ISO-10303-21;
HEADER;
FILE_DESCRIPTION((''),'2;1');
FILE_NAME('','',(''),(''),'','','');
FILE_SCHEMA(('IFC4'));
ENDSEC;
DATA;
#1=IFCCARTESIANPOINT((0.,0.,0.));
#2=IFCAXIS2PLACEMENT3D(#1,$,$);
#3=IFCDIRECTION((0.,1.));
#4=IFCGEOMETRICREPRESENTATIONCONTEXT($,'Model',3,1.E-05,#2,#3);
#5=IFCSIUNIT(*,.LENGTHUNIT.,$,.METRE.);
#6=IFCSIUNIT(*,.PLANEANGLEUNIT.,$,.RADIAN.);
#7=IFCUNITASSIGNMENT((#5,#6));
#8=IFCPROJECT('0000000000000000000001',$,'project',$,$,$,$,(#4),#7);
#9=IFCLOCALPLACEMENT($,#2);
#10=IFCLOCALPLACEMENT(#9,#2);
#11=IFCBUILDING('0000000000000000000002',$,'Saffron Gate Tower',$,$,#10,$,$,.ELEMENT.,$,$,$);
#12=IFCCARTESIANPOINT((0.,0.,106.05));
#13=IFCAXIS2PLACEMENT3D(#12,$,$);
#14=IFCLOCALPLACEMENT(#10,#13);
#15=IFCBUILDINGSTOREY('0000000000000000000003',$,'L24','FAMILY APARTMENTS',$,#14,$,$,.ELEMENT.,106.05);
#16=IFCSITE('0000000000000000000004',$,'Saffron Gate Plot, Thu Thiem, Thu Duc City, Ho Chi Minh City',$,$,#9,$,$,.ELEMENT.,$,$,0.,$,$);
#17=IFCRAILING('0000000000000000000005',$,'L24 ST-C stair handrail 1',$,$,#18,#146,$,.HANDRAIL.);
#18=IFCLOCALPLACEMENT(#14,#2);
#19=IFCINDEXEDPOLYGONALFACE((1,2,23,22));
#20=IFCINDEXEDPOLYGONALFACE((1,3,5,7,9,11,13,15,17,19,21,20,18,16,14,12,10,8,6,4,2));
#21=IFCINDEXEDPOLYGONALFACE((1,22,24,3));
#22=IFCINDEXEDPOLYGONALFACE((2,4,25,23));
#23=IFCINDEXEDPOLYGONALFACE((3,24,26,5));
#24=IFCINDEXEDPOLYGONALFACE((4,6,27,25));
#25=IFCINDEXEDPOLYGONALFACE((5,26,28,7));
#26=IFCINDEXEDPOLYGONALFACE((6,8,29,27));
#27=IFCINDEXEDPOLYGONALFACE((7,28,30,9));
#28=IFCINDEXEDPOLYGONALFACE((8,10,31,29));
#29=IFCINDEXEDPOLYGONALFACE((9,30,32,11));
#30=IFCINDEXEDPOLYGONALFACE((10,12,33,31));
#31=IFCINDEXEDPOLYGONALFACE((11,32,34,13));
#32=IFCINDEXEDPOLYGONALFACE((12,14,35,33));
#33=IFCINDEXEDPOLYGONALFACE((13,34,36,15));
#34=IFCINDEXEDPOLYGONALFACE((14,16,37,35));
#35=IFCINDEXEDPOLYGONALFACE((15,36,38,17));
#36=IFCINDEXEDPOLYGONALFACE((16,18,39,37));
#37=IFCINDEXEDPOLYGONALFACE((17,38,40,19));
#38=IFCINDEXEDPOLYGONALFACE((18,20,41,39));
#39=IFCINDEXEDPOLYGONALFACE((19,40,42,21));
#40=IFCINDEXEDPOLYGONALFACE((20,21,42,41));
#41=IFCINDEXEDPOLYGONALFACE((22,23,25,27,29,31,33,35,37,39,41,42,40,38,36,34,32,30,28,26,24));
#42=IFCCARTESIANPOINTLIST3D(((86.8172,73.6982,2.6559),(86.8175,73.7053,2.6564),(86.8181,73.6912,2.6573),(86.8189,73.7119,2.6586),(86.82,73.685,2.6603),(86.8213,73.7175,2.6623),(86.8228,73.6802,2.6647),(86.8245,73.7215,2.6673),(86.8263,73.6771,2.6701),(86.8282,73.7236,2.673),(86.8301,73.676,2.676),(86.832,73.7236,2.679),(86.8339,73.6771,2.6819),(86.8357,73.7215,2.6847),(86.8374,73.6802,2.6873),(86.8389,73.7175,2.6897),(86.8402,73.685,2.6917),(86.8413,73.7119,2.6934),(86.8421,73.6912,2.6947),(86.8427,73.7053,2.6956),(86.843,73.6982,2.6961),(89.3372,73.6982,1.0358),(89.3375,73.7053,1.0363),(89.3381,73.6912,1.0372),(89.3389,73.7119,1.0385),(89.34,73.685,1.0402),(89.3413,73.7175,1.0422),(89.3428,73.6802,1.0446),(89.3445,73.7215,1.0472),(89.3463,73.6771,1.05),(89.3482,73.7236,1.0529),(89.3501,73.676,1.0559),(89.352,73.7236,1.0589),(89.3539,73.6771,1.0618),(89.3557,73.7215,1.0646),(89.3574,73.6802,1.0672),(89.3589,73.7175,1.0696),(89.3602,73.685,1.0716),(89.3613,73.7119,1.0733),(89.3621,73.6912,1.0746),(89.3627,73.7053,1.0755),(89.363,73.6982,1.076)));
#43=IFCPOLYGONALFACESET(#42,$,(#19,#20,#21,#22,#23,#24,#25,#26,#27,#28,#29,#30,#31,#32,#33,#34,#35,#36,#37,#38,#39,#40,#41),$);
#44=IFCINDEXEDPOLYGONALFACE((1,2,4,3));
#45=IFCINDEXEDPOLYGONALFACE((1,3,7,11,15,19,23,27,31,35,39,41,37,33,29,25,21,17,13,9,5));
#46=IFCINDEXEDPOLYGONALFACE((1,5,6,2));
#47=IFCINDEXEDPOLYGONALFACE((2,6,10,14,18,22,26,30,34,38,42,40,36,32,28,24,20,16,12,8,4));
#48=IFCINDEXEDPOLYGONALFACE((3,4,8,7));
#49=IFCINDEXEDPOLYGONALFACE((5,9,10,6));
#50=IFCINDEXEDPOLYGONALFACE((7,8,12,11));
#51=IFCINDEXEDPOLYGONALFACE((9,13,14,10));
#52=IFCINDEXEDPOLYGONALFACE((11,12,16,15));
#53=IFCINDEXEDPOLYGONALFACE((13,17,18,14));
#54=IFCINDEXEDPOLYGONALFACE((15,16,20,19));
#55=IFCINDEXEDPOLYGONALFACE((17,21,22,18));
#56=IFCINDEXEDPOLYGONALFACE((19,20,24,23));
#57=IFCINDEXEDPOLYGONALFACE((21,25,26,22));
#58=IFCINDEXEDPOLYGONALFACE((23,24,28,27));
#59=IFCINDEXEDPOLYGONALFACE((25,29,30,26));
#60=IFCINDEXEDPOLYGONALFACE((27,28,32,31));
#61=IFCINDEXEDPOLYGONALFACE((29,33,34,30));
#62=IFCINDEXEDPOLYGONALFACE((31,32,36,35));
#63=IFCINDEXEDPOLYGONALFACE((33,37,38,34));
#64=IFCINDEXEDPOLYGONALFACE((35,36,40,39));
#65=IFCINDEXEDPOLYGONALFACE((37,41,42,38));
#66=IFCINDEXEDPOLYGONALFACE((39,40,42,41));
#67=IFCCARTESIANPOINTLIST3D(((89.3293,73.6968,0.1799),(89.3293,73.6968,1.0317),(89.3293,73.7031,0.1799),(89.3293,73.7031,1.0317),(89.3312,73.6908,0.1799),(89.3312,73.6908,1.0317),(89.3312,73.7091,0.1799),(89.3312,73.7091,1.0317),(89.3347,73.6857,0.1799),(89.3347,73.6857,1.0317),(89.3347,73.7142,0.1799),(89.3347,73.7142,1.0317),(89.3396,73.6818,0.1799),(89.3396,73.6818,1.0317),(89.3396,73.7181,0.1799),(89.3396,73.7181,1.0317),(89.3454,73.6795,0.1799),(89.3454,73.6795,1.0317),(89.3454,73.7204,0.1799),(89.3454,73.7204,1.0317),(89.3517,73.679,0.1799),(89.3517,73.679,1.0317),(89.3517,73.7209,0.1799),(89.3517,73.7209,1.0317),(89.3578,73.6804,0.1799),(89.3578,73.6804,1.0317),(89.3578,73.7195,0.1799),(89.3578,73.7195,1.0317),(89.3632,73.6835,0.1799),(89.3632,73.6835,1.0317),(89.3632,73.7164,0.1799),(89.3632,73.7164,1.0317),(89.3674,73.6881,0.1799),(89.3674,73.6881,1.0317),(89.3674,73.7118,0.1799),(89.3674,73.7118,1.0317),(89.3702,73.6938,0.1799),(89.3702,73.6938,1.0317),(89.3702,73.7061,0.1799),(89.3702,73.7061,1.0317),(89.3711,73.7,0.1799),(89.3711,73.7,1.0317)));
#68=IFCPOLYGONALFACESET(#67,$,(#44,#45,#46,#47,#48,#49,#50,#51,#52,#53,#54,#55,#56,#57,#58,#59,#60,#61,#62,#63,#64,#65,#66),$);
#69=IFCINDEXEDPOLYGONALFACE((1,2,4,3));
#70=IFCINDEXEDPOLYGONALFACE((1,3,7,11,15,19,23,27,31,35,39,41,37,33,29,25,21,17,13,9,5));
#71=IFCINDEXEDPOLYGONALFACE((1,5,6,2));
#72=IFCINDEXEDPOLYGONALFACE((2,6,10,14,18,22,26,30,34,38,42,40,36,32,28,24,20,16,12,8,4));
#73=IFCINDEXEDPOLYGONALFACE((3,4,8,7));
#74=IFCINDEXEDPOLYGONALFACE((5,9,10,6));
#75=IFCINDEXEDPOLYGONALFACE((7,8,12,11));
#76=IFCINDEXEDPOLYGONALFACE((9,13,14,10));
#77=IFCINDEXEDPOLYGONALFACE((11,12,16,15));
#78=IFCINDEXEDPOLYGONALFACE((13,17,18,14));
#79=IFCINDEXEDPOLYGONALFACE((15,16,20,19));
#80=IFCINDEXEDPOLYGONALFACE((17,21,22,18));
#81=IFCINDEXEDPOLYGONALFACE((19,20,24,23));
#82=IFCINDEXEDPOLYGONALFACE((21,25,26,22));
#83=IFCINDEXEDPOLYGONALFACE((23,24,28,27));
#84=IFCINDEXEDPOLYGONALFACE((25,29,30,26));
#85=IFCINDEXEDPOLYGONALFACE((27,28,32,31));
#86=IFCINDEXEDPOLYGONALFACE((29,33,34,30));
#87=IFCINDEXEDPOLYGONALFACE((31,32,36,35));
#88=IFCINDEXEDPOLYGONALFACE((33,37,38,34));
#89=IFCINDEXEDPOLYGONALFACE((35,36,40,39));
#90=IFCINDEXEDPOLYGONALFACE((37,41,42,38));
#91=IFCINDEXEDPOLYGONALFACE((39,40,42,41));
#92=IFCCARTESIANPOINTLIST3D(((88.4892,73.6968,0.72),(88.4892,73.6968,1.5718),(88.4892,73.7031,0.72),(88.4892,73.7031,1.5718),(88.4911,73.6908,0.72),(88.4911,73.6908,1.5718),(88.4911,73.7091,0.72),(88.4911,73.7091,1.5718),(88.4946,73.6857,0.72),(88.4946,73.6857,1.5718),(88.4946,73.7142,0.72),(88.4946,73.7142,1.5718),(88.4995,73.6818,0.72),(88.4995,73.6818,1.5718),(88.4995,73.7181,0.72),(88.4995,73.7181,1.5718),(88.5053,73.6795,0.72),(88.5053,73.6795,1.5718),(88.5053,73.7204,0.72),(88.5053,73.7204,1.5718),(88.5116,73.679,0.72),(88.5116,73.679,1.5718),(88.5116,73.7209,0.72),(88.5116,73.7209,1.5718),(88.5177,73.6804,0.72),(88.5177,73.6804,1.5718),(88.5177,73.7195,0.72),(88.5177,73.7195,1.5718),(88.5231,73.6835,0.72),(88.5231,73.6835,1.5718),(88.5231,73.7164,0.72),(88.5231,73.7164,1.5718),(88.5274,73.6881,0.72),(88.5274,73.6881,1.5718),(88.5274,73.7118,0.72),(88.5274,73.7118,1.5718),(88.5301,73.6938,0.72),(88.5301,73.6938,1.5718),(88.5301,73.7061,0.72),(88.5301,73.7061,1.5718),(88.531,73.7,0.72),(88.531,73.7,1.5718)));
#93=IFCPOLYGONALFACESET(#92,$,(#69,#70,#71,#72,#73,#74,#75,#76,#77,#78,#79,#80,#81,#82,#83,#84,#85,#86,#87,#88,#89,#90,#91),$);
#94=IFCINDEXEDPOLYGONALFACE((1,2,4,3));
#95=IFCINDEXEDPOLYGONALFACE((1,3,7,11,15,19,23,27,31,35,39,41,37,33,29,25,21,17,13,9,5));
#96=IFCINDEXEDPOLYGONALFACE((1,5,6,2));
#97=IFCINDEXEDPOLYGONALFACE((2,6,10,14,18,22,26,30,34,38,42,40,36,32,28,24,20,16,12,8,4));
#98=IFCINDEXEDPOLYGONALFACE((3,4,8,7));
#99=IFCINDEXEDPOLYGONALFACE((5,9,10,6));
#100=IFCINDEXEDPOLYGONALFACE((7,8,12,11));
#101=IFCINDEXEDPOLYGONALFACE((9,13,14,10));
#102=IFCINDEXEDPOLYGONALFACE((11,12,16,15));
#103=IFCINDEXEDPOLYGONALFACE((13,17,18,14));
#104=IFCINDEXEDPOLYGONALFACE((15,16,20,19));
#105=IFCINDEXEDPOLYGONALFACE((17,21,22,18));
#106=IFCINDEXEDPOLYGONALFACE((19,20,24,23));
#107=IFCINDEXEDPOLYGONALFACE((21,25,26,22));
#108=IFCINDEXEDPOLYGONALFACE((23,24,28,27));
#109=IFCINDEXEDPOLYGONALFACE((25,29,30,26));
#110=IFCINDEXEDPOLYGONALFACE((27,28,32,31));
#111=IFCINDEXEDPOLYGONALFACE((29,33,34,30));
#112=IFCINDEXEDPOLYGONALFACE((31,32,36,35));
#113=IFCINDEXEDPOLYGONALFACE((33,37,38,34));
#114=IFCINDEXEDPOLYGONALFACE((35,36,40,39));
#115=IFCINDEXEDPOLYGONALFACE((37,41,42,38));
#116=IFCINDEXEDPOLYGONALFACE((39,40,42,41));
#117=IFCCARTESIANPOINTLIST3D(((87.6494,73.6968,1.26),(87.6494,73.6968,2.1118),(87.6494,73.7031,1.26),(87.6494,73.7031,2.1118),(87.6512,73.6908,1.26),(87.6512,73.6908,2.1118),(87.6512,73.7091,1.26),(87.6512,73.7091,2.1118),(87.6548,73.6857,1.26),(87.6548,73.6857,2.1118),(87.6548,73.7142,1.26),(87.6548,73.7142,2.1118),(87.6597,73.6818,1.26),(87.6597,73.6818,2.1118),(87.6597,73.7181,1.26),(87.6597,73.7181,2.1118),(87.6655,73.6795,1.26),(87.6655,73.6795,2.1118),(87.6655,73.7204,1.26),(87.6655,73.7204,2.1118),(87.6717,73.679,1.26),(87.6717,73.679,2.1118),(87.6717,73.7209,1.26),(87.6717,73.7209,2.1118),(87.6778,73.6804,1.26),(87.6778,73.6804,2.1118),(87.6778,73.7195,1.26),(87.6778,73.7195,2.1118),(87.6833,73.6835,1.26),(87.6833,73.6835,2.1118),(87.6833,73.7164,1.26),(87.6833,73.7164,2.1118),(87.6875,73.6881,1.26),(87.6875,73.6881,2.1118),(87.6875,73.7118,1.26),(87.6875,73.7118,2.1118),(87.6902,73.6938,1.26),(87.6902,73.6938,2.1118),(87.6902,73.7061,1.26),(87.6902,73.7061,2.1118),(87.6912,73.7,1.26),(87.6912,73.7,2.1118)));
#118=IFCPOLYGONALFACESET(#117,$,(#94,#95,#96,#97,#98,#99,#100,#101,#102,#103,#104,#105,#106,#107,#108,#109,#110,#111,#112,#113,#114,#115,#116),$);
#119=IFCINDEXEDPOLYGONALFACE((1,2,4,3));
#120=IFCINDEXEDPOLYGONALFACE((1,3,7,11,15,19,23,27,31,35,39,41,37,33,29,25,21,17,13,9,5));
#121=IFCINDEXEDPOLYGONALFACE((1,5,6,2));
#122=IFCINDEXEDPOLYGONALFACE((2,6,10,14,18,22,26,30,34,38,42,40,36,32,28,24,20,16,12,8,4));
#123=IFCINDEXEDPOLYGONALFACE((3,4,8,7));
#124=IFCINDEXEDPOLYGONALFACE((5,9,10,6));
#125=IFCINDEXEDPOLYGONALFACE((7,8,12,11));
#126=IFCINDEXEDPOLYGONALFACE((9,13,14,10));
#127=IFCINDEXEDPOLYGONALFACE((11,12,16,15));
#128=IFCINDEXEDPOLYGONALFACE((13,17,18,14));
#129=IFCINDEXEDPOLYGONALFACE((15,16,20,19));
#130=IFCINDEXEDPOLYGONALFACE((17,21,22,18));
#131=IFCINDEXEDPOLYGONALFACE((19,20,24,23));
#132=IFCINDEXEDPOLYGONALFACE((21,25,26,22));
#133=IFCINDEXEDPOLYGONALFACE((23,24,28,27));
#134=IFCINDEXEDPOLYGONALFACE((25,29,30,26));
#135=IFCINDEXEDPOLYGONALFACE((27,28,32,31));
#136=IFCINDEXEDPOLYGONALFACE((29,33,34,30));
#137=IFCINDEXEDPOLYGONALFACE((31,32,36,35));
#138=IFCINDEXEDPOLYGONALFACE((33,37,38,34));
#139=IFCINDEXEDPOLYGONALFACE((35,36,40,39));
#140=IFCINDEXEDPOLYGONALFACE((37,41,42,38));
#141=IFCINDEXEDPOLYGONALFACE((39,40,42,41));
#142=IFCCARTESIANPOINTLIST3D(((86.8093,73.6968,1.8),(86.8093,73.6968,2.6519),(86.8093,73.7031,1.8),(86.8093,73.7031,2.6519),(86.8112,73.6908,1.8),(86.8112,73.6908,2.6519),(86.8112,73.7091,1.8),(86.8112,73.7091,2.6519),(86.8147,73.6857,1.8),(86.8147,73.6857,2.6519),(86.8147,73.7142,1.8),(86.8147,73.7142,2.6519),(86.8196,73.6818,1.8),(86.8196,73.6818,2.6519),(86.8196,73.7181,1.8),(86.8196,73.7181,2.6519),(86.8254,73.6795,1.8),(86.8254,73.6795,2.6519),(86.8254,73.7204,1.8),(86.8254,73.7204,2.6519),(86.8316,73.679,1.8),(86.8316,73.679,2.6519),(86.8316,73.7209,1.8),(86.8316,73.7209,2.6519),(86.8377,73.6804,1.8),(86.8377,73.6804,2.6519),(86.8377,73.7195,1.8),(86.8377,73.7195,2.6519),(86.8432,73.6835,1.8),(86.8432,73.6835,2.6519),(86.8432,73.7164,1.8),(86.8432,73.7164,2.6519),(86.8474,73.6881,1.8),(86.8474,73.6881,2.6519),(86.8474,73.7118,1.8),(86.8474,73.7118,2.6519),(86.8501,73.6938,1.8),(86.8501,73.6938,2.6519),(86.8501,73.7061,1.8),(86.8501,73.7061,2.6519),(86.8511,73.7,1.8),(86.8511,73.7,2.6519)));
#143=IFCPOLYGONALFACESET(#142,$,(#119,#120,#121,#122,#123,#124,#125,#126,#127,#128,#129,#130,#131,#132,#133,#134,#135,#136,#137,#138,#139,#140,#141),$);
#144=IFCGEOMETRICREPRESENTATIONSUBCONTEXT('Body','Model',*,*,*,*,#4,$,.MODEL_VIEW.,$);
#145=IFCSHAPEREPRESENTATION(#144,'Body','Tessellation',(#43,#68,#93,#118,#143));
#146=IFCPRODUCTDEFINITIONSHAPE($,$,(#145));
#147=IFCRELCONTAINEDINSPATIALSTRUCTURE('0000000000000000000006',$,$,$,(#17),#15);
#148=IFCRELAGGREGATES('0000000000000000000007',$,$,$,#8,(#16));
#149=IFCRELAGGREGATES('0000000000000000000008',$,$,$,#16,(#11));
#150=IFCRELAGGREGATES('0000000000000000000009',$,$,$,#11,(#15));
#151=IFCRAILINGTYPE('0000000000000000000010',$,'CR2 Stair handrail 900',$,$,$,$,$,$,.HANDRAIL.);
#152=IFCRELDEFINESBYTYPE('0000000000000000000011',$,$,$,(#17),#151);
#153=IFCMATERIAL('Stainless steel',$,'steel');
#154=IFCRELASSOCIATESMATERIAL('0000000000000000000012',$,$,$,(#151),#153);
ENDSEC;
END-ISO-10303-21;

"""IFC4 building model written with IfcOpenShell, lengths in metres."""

from ifc_helpers import new_model, si_unit, direction, frame, origin, origin_2d, place, context, subcontext, project, spatial, circle, extrude, material, type_object, element, save


model = new_model("IFC4")

# Units and contexts
model_context = context("Model", 3, precision=1e-05, world=origin(), true_north=direction((0.0, 1.0)))
body_context = subcontext(model_context, "Body", "Model", "MODEL_VIEW")
ifc_project = project(units=[si_unit("LENGTHUNIT", "METRE"), si_unit("PLANEANGLEUNIT", "RADIAN")], contexts=[model_context])

# Site, building, storey
site_placement = place(None, origin())
site = spatial("IfcSite", under=ifc_project, at=site_placement, Name="Saffron Gate Plot, Thu Thiem, Thu Duc City, Ho Chi Minh City", CompositionType="ELEMENT", RefElevation=0.0)
building_placement = place(site_placement, origin())
building = spatial("IfcBuilding", under=site, at=building_placement, Name="Saffron Gate Tower", CompositionType="ELEMENT")
storey_placement = place(building_placement, frame((0.0, 0.0, 106.05)))
storey = spatial("IfcBuildingStorey", under=building, at=storey_placement, Name="L24", Description="FAMILY APARTMENTS", CompositionType="ELEMENT", Elevation=106.05)

# Railing
ifc_material_1 = material(Name="Stainless steel", Category="steel")
railing_type_1 = type_object("IfcRailingType", Name="CR2 Stair handrail 900", PredefinedType="HANDRAIL", material=ifc_material_1)
railing_1_placement = place(storey_placement, frame((89.3501, 73.7, 0.1799)))
element("IfcRailing", 1, at=railing_1_placement, inside=storey, type_object=railing_type_1, Name="L24 ST-C stair handrail 1", PredefinedType="HANDRAIL", context=body_context, shape_type="SweptSolid", body=[
    extrude(circle(Radius=0.0239, at=origin_2d()), frame((0.0, 0.0, 0.876), z_axis=(-0.841163, 0.0, 0.540782), x_axis=(0.0, -1.0, 0.0)), (0.0, 0.0, 1.0), 2.9958),
    extrude(circle(Radius=0.021, at=origin_2d()), origin(), (0.0, 0.0, 1.0), 0.8518),
    extrude(circle(Radius=0.021, at=origin_2d()), frame((-0.8401, 0.0, 0.54)), (0.0, 0.0, 1.0), 0.8518),
    extrude(circle(Radius=0.021, at=origin_2d()), frame((-1.6799, 0.0, 1.0801)), (0.0, 0.0, 1.0), 0.8518),
    extrude(circle(Radius=0.021, at=origin_2d()), frame((-2.52, 0.0, 1.6201)), (0.0, 0.0, 1.0), 0.8518),
])

save(model, "model.ifc")
